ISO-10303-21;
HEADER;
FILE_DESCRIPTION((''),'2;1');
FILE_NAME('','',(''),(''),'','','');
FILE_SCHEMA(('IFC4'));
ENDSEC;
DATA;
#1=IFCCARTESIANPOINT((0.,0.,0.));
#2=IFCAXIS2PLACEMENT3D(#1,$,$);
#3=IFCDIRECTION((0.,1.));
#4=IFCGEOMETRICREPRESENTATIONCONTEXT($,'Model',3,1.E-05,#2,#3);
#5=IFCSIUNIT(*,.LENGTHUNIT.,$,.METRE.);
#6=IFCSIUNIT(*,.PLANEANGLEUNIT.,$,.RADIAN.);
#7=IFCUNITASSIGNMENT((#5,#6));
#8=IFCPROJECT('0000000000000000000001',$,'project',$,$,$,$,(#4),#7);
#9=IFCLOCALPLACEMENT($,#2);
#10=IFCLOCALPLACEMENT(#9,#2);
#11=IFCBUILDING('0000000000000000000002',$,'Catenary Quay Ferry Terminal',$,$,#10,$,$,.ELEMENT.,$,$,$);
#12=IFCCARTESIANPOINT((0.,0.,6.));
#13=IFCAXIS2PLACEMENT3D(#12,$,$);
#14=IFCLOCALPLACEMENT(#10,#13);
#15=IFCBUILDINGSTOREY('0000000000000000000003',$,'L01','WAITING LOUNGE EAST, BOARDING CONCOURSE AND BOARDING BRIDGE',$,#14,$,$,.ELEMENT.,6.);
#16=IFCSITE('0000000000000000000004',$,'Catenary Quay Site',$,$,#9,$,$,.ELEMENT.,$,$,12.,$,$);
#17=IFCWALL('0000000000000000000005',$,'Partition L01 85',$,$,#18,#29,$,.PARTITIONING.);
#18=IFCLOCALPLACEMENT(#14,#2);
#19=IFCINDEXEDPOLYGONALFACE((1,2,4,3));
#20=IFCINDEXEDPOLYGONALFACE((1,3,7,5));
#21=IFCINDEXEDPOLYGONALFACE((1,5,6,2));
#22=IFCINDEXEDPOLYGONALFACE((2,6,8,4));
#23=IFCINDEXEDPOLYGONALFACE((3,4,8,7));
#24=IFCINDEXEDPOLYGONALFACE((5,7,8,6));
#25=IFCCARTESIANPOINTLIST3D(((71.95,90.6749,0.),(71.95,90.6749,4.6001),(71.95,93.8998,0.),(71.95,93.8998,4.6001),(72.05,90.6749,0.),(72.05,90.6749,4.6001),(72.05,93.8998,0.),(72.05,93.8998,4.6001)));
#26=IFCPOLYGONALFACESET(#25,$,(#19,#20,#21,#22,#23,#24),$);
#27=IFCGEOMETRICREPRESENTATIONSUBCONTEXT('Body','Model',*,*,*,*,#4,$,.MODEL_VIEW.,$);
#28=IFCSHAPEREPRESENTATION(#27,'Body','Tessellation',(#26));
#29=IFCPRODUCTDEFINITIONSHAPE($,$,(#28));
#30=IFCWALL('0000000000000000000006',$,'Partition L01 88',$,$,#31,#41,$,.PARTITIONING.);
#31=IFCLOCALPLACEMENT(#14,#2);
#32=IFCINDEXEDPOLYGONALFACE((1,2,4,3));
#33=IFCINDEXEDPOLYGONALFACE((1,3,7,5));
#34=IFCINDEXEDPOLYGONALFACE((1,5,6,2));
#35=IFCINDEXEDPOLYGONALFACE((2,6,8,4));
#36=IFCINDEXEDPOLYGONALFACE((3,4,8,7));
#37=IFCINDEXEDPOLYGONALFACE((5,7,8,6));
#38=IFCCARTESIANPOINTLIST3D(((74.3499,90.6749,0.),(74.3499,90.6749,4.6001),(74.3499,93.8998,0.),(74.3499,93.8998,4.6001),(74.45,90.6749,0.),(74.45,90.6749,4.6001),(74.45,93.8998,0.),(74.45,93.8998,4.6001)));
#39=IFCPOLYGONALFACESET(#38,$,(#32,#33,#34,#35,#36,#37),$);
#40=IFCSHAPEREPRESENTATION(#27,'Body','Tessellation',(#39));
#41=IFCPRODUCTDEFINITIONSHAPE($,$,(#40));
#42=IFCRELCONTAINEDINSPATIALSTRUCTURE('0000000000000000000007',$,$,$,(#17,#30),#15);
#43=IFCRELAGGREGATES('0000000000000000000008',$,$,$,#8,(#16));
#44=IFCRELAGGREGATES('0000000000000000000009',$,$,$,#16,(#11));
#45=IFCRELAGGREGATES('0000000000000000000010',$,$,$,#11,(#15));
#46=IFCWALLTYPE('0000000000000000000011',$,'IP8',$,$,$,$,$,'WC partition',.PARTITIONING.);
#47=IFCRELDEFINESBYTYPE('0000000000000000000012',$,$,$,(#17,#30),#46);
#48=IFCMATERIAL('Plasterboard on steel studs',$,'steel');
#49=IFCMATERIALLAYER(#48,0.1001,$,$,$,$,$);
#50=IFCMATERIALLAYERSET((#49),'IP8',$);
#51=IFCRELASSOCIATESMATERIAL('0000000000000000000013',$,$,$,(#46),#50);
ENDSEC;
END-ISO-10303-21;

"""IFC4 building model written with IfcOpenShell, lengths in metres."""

from ifc_helpers import new_model, si_unit, direction, frame, frame_2d, origin, place, context, subcontext, project, spatial, rectangle, extrude, material, layer, layer_set, type_object, element, save


model = new_model("IFC4")

# Units and contexts
model_context = context("Model", 3, precision=1e-05, world=origin(), true_north=direction((0.0, 1.0)))
body_context = subcontext(model_context, "Body", "Model", "MODEL_VIEW")
ifc_project = project(units=[si_unit("LENGTHUNIT", "METRE"), si_unit("PLANEANGLEUNIT", "RADIAN")], contexts=[model_context])

# Site, building, storey
site_placement = place(None, origin())
site = spatial("IfcSite", under=ifc_project, at=site_placement, Name="Catenary Quay Site", CompositionType="ELEMENT", RefElevation=12.0)
building_placement = place(site_placement, origin())
building = spatial("IfcBuilding", under=site, at=building_placement, Name="Catenary Quay Ferry Terminal", CompositionType="ELEMENT")
storey_placement = place(building_placement, frame((0.0, 0.0, 6.0)))
storey = spatial("IfcBuildingStorey", under=building, at=storey_placement, Name="L01", Description="WAITING LOUNGE EAST, BOARDING CONCOURSE AND BOARDING BRIDGE", CompositionType="ELEMENT", Elevation=6.0)

# Walls
ifc_material_1 = material(Name="Plasterboard on steel studs", Category="steel")
ifc_layer_1 = layer(ifc_material_1, 0.1001)
ifc_layer_set_1 = layer_set([ifc_layer_1], Name="IP8")
wall_type = type_object("IfcWallType", Name="IP8", ElementType="WC partition", PredefinedType="PARTITIONING", material=ifc_layer_set_1)
for number, where, z_axis, x_axis, name in (
    (1, (72.0, 90.675, 0.0), (0.0, 0.0, 1.0), (0.0, 1.0, 0.0), "Partition L01 85"),
    (2, (74.3999, 90.675, 0.0), (0.0, 0.0, 1.0), (0.0, 1.0, 0.0), "Partition L01 88"),
):
    element("IfcWall", number, at=place(storey_placement, frame(where, z_axis=z_axis, x_axis=x_axis)), inside=storey, type_object=wall_type, Name=name, PredefinedType="PARTITIONING", context=body_context, shape_type="SweptSolid", body=[
        extrude(rectangle(XDim=3.2249, YDim=0.1001, at=frame_2d((1.6123, 0.0))), origin(), (0.0, 0.0, 1.0), 4.6001),
    ])

save(model, "model.ifc")
